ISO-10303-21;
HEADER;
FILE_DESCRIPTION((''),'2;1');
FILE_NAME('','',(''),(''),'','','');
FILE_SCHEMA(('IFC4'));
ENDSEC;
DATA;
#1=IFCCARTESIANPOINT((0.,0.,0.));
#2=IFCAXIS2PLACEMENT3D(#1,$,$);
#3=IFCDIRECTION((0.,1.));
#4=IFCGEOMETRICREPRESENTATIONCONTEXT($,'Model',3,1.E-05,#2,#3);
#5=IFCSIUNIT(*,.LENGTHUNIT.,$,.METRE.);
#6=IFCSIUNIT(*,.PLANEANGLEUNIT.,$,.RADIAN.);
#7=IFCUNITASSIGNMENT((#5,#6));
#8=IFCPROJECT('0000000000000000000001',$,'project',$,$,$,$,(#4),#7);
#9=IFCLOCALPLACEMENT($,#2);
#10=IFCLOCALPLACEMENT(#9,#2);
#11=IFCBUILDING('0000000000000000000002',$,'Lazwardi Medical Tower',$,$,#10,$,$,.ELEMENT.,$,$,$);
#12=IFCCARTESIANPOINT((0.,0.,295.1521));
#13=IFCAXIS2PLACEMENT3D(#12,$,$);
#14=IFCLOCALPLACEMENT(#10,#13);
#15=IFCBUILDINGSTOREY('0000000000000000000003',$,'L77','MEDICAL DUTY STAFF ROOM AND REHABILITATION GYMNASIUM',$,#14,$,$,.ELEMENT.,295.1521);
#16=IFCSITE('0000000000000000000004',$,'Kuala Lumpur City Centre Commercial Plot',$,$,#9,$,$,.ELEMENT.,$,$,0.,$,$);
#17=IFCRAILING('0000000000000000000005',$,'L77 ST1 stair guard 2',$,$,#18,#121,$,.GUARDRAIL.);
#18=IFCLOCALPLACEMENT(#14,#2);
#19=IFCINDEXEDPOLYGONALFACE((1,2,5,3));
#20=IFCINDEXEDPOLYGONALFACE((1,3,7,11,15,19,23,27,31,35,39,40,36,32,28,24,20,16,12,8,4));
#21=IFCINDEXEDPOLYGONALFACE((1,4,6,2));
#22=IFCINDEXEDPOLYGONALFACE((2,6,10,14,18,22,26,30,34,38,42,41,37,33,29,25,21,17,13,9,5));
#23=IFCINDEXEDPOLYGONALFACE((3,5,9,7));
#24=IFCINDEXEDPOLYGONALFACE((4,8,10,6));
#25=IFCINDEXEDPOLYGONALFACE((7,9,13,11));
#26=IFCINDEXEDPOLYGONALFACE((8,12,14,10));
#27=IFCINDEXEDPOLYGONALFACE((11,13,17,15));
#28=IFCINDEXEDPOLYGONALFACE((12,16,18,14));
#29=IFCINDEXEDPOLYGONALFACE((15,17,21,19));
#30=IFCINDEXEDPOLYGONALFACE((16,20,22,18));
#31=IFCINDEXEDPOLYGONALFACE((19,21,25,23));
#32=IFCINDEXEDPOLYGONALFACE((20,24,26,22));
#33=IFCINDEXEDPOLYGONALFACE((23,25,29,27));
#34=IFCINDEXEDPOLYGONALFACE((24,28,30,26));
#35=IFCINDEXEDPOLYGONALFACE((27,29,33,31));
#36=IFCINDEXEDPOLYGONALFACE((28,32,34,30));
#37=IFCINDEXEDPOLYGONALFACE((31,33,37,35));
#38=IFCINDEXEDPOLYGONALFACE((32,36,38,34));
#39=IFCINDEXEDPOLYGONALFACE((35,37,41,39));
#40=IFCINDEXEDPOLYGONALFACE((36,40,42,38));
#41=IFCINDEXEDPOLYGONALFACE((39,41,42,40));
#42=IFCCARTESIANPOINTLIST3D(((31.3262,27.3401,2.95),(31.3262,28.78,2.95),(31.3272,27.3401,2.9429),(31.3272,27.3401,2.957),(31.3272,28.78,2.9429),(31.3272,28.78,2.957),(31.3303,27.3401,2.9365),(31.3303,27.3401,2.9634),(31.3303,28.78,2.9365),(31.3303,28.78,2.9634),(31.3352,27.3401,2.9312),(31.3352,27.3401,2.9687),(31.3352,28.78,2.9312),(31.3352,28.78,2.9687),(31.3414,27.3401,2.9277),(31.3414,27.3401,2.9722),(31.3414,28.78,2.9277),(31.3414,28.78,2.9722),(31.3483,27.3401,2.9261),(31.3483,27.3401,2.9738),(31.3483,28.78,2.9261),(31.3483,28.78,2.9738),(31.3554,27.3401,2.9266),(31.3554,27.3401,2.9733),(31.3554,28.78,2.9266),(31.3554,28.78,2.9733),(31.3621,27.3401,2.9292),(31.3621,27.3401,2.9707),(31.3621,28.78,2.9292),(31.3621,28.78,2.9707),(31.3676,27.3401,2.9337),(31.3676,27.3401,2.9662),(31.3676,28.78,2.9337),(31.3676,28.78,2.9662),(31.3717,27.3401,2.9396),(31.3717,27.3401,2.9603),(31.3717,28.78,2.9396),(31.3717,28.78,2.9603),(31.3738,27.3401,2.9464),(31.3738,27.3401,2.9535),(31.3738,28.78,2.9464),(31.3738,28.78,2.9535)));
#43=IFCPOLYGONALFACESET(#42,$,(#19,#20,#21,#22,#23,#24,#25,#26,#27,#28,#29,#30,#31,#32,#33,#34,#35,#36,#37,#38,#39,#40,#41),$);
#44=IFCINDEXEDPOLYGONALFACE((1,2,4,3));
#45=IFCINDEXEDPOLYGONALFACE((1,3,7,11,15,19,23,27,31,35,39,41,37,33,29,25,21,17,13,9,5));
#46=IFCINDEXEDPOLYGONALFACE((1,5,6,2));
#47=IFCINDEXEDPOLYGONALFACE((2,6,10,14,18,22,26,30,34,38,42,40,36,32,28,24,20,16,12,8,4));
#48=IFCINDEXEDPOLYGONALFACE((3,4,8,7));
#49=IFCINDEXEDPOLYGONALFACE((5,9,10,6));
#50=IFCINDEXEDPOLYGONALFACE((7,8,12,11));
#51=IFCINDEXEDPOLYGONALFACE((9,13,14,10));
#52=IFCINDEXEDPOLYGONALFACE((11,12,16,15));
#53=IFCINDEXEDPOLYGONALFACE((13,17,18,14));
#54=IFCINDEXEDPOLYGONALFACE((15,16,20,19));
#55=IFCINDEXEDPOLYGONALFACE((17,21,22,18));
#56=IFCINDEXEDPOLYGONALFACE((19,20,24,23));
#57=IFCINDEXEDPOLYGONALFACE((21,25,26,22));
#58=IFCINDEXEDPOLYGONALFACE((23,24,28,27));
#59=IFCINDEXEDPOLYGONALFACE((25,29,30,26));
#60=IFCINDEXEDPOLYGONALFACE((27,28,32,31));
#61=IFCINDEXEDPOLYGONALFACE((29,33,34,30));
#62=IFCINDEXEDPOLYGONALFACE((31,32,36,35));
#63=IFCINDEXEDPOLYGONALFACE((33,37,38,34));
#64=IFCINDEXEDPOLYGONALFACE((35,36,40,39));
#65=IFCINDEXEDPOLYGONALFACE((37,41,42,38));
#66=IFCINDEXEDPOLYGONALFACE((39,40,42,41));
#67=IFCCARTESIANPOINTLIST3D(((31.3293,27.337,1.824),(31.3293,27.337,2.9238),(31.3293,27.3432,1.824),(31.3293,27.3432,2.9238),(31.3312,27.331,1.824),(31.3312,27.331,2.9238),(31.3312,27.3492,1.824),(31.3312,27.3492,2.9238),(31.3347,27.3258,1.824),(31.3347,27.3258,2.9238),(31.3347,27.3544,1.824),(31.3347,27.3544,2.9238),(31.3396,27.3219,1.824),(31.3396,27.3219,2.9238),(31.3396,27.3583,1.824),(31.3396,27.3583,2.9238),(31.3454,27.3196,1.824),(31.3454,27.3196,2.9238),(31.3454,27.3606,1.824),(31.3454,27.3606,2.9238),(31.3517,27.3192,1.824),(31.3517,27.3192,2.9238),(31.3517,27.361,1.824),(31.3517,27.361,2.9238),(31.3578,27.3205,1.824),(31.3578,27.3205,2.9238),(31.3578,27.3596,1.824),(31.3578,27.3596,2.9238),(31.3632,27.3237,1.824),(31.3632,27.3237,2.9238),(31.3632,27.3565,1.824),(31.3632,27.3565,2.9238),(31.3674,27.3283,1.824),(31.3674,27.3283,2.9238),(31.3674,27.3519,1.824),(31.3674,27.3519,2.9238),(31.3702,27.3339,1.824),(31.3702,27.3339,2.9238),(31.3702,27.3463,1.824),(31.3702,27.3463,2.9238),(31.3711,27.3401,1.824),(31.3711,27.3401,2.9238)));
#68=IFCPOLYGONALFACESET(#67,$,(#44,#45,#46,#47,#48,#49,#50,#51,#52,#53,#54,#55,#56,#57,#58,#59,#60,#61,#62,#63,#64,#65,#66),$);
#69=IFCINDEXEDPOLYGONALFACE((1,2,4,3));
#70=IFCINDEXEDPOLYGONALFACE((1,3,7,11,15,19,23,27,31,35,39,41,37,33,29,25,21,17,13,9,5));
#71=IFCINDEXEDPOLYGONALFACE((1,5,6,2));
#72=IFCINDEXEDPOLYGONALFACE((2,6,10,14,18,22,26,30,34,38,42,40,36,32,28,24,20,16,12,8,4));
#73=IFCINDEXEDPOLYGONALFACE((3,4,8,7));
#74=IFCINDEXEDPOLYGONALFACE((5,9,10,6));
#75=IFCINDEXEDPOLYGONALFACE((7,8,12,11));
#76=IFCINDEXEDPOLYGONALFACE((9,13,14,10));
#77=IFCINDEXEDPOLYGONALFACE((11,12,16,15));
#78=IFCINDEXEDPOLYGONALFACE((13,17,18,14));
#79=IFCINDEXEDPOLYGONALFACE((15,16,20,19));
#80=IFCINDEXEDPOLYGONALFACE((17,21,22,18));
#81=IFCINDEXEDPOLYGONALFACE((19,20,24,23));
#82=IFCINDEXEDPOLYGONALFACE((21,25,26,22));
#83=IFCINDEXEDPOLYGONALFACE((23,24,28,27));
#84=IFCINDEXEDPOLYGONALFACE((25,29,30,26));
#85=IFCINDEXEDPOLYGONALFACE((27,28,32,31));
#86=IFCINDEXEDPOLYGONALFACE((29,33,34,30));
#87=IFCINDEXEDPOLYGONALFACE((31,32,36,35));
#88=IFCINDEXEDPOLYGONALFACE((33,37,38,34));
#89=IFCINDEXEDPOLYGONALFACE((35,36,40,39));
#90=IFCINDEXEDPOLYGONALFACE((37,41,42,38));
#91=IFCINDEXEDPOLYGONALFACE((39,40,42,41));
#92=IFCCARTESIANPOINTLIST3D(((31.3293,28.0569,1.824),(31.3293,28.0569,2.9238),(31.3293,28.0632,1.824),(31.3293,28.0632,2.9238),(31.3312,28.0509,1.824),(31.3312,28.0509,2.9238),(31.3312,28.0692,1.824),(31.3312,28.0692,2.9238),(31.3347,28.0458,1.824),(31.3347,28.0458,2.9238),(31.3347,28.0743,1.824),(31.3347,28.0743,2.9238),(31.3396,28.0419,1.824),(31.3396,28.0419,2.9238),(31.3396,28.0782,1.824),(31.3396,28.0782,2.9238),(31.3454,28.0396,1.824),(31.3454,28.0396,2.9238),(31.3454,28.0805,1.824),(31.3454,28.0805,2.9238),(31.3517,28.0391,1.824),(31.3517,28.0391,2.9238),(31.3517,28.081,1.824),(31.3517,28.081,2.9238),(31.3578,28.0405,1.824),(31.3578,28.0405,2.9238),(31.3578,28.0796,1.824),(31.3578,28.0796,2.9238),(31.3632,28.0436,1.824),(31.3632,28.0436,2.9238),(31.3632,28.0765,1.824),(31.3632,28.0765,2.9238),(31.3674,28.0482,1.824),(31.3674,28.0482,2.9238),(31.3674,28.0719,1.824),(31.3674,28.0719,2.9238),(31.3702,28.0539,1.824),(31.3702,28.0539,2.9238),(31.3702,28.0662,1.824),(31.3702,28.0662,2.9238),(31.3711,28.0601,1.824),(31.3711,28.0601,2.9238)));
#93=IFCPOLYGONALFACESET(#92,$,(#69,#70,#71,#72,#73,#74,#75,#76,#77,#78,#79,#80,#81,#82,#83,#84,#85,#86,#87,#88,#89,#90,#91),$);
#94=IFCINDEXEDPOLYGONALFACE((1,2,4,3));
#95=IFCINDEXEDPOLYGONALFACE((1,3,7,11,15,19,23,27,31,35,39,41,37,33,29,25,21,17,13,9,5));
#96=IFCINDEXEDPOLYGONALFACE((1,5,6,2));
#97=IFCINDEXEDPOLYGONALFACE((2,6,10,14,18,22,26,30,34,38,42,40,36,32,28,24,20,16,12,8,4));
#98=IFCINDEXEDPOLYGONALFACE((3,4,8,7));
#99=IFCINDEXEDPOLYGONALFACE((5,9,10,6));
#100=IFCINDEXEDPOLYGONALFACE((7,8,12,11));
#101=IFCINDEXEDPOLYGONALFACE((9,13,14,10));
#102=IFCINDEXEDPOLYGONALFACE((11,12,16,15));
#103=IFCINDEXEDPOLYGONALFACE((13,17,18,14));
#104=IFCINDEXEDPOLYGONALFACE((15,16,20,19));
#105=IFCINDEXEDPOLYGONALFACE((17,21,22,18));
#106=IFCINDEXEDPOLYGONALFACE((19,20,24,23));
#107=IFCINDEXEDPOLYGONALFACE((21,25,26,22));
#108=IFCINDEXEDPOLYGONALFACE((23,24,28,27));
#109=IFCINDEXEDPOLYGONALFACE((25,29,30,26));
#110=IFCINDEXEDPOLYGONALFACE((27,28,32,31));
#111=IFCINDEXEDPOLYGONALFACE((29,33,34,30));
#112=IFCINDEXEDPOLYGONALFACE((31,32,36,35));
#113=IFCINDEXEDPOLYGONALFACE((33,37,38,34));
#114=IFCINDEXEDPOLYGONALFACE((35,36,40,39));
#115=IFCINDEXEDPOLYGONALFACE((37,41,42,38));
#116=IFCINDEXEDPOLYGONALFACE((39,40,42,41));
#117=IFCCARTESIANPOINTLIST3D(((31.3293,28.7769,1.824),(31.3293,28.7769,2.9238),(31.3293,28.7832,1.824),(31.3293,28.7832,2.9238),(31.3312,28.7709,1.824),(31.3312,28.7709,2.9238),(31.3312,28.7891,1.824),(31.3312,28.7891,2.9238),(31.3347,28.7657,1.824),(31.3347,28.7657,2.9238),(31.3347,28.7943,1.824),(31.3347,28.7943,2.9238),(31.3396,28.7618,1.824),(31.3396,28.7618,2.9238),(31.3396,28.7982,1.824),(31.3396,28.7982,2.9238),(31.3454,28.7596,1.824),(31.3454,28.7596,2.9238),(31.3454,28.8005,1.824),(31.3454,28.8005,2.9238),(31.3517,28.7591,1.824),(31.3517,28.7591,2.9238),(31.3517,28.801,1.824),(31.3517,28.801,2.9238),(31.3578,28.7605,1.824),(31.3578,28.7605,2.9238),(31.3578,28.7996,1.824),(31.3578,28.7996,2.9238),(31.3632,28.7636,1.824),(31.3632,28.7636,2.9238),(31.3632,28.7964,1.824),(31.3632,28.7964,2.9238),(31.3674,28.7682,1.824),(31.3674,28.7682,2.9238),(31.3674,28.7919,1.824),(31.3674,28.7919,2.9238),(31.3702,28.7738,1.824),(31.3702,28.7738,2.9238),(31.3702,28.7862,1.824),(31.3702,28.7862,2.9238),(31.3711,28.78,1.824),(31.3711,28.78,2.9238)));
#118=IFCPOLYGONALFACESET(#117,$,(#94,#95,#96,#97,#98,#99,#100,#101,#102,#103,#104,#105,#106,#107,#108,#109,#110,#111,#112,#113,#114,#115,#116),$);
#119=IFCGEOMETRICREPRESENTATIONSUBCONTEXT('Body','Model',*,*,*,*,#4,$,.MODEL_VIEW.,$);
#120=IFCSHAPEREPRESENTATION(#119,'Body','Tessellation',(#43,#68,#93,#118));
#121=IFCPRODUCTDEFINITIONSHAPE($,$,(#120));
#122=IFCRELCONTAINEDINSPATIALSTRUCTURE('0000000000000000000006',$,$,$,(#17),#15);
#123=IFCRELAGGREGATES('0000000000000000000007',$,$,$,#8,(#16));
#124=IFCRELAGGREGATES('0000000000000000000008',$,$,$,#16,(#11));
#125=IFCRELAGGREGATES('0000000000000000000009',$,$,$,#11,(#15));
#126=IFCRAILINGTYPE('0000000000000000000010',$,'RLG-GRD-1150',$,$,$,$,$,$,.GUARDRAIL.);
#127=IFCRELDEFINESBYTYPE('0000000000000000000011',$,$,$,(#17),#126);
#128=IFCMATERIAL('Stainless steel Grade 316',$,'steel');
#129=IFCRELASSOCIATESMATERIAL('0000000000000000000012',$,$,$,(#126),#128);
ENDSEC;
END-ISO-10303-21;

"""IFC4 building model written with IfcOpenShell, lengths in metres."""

from ifc_helpers import new_model, si_unit, direction, frame, origin, origin_2d, place, context, subcontext, project, spatial, circle, extrude, material, type_object, element, save


model = new_model("IFC4")

# Units and contexts
model_context = context("Model", 3, precision=1e-05, world=origin(), true_north=direction((0.0, 1.0)))
body_context = subcontext(model_context, "Body", "Model", "MODEL_VIEW")
ifc_project = project(units=[si_unit("LENGTHUNIT", "METRE"), si_unit("PLANEANGLEUNIT", "RADIAN")], contexts=[model_context])

# Site, building, storey
site_placement = place(None, origin())
site = spatial("IfcSite", under=ifc_project, at=site_placement, Name="Kuala Lumpur City Centre Commercial Plot", CompositionType="ELEMENT", RefElevation=0.0)
building_placement = place(site_placement, origin())
building = spatial("IfcBuilding", under=site, at=building_placement, Name="Lazwardi Medical Tower", CompositionType="ELEMENT")
storey_placement = place(building_placement, frame((0.0, 0.0, 295.1521)))
storey = spatial("IfcBuildingStorey", under=building, at=storey_placement, Name="L77", Description="MEDICAL DUTY STAFF ROOM AND REHABILITATION GYMNASIUM", CompositionType="ELEMENT", Elevation=295.1521)

# Railing
ifc_material_1 = material(Name="Stainless steel Grade 316", Category="steel")
railing_type_1 = type_object("IfcRailingType", Name="RLG-GRD-1150", PredefinedType="GUARDRAIL", material=ifc_material_1)
railing_1_placement = place(storey_placement, frame((31.3501, 27.3401, 1.824)))
element("IfcRailing", 1, at=railing_1_placement, inside=storey, type_object=railing_type_1, Name="L77 ST1 stair guard 2", PredefinedType="GUARDRAIL", context=body_context, shape_type="SweptSolid", body=[
    extrude(circle(Radius=0.0239, at=origin_2d()), frame((0.0, 0.0, 1.126), z_axis=(0.0, 1.0, 0.0), x_axis=(-1.0, 0.0, 0.0)), (0.0, 0.0, 1.0), 1.4399),
    extrude(circle(Radius=0.021, at=origin_2d()), origin(), (0.0, 0.0, 1.0), 1.0999),
    extrude(circle(Radius=0.021, at=origin_2d()), frame((0.0, 0.72, 0.0)), (0.0, 0.0, 1.0), 1.0999),
    extrude(circle(Radius=0.021, at=origin_2d()), frame((0.0, 1.4399, 0.0)), (0.0, 0.0, 1.0), 1.0999),
])

save(model, "model.ifc")
